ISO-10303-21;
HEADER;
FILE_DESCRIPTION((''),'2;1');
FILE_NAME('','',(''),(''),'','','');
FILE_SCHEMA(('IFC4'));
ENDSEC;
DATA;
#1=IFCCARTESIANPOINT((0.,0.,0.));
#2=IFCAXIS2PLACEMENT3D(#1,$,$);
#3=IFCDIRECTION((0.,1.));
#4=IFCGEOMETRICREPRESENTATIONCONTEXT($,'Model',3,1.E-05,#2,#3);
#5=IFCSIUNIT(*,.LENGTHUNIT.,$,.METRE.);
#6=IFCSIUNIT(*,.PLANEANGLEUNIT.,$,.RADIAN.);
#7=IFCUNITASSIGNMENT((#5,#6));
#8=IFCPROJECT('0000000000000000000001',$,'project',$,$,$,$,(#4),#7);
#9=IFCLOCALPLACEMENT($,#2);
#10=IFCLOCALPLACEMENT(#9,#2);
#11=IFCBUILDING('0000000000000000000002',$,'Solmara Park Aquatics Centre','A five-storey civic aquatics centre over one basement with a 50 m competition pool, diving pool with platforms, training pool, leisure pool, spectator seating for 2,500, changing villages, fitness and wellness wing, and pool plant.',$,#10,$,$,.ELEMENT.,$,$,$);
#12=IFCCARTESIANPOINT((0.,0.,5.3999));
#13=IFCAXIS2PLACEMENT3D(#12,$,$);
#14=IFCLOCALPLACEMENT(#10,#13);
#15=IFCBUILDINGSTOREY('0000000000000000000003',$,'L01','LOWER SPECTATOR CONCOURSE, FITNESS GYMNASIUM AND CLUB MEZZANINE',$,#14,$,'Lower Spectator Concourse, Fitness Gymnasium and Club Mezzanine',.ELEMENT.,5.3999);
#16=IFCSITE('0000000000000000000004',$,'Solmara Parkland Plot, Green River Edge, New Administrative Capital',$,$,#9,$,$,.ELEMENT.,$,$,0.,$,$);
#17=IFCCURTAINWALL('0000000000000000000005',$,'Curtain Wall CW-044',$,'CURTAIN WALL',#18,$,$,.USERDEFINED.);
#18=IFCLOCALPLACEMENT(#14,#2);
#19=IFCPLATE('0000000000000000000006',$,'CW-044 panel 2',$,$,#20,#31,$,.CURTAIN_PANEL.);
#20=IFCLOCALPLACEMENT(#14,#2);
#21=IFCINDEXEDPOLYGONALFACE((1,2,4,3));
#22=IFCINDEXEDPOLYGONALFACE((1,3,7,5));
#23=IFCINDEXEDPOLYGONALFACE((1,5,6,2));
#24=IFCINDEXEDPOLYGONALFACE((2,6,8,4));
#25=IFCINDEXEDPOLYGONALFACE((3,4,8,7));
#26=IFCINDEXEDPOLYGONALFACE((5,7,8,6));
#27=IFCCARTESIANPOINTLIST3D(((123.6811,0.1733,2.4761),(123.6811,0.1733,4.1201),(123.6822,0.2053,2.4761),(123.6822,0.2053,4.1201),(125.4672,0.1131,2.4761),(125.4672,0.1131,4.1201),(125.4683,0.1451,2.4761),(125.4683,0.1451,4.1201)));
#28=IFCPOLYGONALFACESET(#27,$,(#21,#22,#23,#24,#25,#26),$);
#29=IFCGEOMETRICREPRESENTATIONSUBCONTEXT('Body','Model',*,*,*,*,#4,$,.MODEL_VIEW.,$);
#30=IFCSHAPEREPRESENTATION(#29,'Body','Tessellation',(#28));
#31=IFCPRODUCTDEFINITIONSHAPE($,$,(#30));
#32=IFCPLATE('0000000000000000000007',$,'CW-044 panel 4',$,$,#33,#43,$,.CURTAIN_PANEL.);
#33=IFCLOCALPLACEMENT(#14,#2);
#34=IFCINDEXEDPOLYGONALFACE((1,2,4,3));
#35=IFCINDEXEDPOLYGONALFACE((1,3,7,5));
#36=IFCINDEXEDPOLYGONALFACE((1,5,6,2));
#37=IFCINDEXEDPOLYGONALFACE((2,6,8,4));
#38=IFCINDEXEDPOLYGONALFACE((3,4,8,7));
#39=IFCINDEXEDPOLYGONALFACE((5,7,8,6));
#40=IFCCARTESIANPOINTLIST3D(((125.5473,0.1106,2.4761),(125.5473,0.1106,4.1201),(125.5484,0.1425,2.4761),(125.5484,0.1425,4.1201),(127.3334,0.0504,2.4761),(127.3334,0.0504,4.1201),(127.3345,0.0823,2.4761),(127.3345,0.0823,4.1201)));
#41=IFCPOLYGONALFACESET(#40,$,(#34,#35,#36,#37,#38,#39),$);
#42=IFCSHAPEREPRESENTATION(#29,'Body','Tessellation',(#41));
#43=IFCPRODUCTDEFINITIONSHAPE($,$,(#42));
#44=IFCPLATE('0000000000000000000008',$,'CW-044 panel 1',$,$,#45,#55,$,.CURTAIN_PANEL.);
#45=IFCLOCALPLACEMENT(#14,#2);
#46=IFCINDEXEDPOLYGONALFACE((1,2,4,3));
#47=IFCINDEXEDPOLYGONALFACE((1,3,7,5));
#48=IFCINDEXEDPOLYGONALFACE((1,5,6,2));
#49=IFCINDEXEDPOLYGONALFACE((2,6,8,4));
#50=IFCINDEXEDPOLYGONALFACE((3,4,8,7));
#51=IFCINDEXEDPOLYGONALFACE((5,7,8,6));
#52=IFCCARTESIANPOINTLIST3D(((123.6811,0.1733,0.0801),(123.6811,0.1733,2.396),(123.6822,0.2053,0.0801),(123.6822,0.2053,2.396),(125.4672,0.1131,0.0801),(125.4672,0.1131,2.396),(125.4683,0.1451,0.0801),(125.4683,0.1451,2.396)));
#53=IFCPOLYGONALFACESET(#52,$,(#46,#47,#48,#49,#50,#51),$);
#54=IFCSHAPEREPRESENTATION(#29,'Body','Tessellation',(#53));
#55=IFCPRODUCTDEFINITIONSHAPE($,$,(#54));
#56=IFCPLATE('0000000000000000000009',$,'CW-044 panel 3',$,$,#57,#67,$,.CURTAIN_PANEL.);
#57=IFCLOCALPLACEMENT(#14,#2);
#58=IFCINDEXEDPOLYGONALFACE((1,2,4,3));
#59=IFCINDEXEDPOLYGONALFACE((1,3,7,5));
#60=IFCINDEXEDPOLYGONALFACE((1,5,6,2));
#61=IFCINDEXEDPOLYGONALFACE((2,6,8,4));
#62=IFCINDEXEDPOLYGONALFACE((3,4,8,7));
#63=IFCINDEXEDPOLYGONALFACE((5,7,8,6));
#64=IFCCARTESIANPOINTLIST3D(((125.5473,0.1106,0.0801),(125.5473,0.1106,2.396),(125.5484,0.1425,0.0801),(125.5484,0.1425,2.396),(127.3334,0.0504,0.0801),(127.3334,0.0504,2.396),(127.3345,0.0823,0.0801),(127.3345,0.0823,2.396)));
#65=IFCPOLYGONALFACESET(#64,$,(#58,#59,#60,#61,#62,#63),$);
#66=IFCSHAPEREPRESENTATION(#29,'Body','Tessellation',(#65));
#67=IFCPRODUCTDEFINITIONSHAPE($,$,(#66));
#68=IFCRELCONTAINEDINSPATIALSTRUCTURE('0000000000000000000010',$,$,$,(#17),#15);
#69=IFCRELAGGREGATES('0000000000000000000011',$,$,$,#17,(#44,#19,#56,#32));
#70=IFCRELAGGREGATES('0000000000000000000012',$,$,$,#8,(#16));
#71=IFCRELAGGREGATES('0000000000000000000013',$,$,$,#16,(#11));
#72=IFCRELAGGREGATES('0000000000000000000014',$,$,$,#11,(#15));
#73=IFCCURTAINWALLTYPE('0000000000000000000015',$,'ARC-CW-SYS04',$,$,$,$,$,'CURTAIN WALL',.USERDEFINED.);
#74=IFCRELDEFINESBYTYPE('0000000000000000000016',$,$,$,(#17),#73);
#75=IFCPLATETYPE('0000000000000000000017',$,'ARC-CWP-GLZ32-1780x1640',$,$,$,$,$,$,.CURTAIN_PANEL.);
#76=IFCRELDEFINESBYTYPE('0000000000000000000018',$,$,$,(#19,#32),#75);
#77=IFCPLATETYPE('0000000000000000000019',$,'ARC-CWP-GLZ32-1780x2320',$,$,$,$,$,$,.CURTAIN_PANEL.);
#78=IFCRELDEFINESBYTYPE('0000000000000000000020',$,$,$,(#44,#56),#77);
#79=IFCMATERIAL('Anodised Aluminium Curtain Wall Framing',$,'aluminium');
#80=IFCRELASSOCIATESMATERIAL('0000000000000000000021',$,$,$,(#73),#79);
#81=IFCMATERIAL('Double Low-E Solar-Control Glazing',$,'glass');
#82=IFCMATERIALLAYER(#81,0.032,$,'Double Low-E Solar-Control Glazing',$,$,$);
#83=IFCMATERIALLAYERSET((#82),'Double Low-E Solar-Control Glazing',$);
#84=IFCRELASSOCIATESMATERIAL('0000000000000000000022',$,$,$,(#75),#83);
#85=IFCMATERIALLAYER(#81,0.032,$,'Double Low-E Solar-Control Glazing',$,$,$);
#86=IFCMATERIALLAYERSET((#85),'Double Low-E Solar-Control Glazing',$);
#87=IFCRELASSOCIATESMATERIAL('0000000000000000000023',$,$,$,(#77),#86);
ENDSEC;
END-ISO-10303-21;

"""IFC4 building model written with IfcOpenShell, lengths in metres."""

from ifc_helpers import new_model, si_unit, direction, frame, origin, origin_2d, place, context, subcontext, project, spatial, rectangle, extrude, material, layer, layer_set, type_object, element, aggregate, save


model = new_model("IFC4")

# Units and contexts
model_context = context("Model", 3, precision=1e-05, world=origin(), true_north=direction((0.0, 1.0)))
body_context = subcontext(model_context, "Body", "Model", "MODEL_VIEW")
ifc_project = project(units=[si_unit("LENGTHUNIT", "METRE"), si_unit("PLANEANGLEUNIT", "RADIAN")], contexts=[model_context])

# Site, building, storey
site_placement = place(None, origin())
site = spatial("IfcSite", under=ifc_project, at=site_placement, Name="Solmara Parkland Plot, Green River Edge, New Administrative Capital", CompositionType="ELEMENT", RefElevation=0.0)
building_placement = place(site_placement, origin())
building = spatial("IfcBuilding", under=site, at=building_placement, Name="Solmara Park Aquatics Centre", Description="A five-storey civic aquatics centre over one basement with a 50 m competition pool, diving pool with platforms, training pool, leisure pool, spectator seating for 2,500, changing villages, fitness and wellness wing, and pool plant.", CompositionType="ELEMENT")
storey_placement = place(building_placement, frame((0.0, 0.0, 5.3999)))
storey = spatial("IfcBuildingStorey", under=building, at=storey_placement, Name="L01", Description="LOWER SPECTATOR CONCOURSE, FITNESS GYMNASIUM AND CLUB MEZZANINE", LongName="Lower Spectator Concourse, Fitness Gymnasium and Club Mezzanine", CompositionType="ELEMENT", Elevation=5.3999)

# Shared definitions
ifc_material_1 = material(Name="Anodised Aluminium Curtain Wall Framing", Category="aluminium")
curtain_wall_type = type_object("IfcCurtainWallType", Name="ARC-CW-SYS04", ElementType="CURTAIN WALL", PredefinedType="USERDEFINED", material=ifc_material_1)

# Curtain wall
curtain_wall_1_placement = place(storey_placement, origin())
curtain_wall_1 = element("IfcCurtainWall", 1, at=curtain_wall_1_placement, inside=storey, type_object=curtain_wall_type, Name="Curtain Wall CW-044", ObjectType="CURTAIN WALL", PredefinedType="USERDEFINED")

# Plates
ifc_material_2 = material(Name="Double Low-E Solar-Control Glazing", Category="glass")
ifc_layer_1 = layer(ifc_material_2, 0.032, Name="Double Low-E Solar-Control Glazing")
ifc_layer_set_1 = layer_set([ifc_layer_1], Name="Double Low-E Solar-Control Glazing")
plate_type_1 = type_object("IfcPlateType", Name="ARC-CWP-GLZ32-1780x1640", PredefinedType="CURTAIN_PANEL", material=ifc_layer_set_1)
plate_1_placement = place(storey_placement, frame((124.5747, 0.1592, 2.4761), z_axis=(0.0, 0.0, 1.0), x_axis=(0.999432, -0.033689, 0.0)))
plate_1 = element("IfcPlate", 2, at=plate_1_placement, type_object=plate_type_1, Name="CW-044 panel 2", PredefinedType="CURTAIN_PANEL", context=body_context, shape_type="SweptSolid", body=[
    extrude(rectangle(XDim=1.7871, YDim=0.032, at=origin_2d()), origin(), (0.0, 0.0, 1.0), 1.644),
])
plate_2_placement = place(storey_placement, frame((126.4409, 0.0964, 2.4761), z_axis=(0.0, 0.0, 1.0), x_axis=(0.999432, -0.033689, 0.0)))
plate_2 = element("IfcPlate", 3, at=plate_2_placement, type_object=plate_type_1, Name="CW-044 panel 4", PredefinedType="CURTAIN_PANEL", context=body_context, shape_type="SweptSolid", body=[
    extrude(rectangle(XDim=1.7871, YDim=0.032, at=origin_2d()), origin(), (0.0, 0.0, 1.0), 1.644),
])
ifc_layer_2 = layer(ifc_material_2, 0.032, Name="Double Low-E Solar-Control Glazing")
ifc_layer_set_2 = layer_set([ifc_layer_2], Name="Double Low-E Solar-Control Glazing")
plate_type_2 = type_object("IfcPlateType", Name="ARC-CWP-GLZ32-1780x2320", PredefinedType="CURTAIN_PANEL", material=ifc_layer_set_2)
plate_3_placement = place(storey_placement, frame((124.5747, 0.1592, 0.0801), z_axis=(0.0, 0.0, 1.0), x_axis=(0.999432, -0.033689, 0.0)))
plate_3 = element("IfcPlate", 4, at=plate_3_placement, type_object=plate_type_2, Name="CW-044 panel 1", PredefinedType="CURTAIN_PANEL", context=body_context, shape_type="SweptSolid", body=[
    extrude(rectangle(XDim=1.7871, YDim=0.032, at=origin_2d()), origin(), (0.0, 0.0, 1.0), 2.3159),
])
plate_4_placement = place(storey_placement, frame((126.4409, 0.0964, 0.0801), z_axis=(0.0, 0.0, 1.0), x_axis=(0.999432, -0.033689, 0.0)))
plate_4 = element("IfcPlate", 5, at=plate_4_placement, type_object=plate_type_2, Name="CW-044 panel 3", PredefinedType="CURTAIN_PANEL", context=body_context, shape_type="SweptSolid", body=[
    extrude(rectangle(XDim=1.7871, YDim=0.032, at=origin_2d()), origin(), (0.0, 0.0, 1.0), 2.3159),
])
aggregate(curtain_wall_1, [plate_3, plate_1, plate_4, plate_2])

save(model, "model.ifc")
